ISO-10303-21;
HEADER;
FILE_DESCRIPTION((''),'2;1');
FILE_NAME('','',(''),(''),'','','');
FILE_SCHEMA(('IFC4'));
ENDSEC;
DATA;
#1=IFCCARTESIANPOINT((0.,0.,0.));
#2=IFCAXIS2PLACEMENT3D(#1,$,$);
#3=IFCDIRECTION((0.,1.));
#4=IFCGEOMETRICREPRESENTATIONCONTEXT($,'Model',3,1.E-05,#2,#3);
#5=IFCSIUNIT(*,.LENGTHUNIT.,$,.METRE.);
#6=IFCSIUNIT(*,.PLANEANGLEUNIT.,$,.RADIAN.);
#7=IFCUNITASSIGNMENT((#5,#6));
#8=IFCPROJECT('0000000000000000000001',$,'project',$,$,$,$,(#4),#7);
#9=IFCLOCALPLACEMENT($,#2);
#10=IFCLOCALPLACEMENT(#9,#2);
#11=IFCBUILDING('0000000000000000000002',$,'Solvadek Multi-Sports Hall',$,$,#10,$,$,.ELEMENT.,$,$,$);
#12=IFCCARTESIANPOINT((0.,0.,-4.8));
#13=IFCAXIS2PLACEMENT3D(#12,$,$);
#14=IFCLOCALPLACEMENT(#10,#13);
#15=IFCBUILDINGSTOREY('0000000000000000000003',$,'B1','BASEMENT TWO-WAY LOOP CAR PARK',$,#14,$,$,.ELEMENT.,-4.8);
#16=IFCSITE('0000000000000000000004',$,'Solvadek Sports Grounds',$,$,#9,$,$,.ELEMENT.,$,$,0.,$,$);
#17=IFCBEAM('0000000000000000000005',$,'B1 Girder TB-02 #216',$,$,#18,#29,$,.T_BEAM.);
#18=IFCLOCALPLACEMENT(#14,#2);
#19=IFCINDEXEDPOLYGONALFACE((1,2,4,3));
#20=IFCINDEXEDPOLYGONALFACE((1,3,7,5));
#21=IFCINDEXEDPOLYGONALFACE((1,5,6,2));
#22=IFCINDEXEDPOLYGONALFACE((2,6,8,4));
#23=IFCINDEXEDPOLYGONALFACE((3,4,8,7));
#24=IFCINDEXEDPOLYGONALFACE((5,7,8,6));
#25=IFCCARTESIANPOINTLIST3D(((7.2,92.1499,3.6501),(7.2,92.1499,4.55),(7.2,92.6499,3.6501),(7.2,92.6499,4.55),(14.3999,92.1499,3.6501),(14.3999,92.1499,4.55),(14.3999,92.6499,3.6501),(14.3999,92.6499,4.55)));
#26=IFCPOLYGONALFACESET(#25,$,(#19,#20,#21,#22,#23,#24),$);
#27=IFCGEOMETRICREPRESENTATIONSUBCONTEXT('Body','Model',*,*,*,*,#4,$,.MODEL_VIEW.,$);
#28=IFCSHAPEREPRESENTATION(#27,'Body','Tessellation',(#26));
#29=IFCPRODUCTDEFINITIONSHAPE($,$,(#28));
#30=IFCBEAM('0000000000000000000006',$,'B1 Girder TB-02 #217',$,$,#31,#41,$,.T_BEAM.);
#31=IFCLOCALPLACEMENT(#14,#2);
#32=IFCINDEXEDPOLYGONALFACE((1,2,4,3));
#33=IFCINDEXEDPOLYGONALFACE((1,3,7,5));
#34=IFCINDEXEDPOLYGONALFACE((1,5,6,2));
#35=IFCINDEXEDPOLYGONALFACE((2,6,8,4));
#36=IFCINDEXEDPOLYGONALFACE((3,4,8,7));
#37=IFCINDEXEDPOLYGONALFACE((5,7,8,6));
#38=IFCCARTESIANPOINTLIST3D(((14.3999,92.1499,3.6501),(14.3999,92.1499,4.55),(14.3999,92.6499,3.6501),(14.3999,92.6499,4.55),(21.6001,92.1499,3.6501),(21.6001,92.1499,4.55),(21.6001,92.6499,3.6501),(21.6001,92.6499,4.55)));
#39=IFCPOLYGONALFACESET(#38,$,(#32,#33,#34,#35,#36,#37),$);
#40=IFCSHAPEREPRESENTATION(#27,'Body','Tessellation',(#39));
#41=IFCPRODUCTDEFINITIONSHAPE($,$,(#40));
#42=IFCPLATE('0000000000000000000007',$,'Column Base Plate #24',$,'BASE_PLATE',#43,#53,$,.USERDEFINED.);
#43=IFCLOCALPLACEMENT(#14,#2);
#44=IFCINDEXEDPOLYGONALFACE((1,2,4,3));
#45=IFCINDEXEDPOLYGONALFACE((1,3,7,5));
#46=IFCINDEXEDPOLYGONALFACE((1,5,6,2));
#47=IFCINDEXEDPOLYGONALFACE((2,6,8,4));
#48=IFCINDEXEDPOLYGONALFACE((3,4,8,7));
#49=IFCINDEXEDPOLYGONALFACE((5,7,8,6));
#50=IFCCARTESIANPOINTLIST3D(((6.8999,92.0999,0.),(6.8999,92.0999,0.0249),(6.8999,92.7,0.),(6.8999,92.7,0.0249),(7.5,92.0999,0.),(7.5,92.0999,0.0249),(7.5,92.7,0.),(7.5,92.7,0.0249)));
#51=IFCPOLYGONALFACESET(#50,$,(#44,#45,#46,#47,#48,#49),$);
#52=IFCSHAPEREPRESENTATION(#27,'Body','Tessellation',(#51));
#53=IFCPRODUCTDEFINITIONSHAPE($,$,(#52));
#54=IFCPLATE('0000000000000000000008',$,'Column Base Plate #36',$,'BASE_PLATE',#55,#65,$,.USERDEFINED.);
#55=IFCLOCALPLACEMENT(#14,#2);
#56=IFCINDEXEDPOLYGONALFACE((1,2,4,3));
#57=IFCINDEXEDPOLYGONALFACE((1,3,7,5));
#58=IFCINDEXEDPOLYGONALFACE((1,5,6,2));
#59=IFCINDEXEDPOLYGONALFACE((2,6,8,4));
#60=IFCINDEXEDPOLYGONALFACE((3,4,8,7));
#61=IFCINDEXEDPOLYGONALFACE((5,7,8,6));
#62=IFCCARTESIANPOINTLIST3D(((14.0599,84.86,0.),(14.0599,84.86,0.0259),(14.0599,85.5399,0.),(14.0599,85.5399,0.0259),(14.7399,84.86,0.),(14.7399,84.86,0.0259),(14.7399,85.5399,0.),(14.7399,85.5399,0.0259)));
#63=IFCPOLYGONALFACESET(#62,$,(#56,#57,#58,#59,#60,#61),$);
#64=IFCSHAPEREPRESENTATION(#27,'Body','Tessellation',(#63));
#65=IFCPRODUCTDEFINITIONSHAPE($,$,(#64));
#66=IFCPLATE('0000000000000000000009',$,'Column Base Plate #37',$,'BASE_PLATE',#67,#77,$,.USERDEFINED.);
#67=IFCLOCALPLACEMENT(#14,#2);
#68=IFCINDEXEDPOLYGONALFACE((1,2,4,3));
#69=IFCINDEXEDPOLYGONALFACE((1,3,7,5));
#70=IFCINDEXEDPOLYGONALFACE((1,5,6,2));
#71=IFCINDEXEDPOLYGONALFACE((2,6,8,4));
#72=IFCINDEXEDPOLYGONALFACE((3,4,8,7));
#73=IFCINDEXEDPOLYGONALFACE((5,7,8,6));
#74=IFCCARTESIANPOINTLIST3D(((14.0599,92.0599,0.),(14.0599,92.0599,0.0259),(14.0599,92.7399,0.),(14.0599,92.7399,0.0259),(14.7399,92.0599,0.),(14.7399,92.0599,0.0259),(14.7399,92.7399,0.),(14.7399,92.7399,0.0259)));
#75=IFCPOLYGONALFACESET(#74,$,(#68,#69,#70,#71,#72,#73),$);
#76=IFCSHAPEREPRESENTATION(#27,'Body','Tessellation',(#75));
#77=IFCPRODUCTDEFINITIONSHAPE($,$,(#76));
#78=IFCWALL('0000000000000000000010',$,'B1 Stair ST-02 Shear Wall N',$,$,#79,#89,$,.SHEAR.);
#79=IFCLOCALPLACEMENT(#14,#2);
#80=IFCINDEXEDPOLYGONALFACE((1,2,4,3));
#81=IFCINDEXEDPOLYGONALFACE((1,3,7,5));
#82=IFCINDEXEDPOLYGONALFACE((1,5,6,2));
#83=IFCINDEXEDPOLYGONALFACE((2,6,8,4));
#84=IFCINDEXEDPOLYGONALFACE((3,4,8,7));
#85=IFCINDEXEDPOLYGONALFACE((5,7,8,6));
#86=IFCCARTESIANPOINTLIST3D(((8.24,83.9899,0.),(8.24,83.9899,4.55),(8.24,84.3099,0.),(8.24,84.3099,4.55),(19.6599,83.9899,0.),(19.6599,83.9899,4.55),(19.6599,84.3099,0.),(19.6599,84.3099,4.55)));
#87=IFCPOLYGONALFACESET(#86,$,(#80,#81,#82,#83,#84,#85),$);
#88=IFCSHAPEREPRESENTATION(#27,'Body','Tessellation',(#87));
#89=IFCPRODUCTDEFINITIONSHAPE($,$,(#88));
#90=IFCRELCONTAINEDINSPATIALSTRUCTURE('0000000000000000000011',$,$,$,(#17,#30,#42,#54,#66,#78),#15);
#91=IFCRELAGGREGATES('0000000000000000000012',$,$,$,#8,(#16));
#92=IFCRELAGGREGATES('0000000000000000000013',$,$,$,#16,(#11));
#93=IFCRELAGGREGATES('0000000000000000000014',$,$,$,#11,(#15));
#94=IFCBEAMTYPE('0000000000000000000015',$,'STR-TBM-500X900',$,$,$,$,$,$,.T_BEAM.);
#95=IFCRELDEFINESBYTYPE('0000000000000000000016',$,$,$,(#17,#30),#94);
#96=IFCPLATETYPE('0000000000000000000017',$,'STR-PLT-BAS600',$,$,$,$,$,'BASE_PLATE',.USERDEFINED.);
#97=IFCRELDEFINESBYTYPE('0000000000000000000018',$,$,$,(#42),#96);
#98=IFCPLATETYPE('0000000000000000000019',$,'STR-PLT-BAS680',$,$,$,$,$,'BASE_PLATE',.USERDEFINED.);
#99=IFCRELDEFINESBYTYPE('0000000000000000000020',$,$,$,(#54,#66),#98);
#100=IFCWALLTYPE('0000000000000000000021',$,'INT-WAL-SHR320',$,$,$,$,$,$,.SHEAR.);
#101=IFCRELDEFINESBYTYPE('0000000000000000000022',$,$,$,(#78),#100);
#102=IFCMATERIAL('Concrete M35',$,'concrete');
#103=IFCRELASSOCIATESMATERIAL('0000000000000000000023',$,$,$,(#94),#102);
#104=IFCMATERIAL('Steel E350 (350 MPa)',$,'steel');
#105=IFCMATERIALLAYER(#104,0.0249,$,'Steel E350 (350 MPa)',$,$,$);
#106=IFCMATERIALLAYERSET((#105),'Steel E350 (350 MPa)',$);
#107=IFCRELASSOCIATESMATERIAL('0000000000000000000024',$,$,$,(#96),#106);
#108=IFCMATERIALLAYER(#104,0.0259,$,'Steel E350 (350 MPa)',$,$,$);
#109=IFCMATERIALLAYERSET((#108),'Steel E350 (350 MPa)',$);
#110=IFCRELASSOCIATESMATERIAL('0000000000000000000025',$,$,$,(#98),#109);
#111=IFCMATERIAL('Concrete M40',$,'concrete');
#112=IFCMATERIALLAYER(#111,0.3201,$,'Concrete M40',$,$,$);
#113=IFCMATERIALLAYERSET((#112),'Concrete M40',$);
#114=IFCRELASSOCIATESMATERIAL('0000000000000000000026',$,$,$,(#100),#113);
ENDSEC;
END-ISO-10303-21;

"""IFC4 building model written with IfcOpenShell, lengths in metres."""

from ifc_helpers import new_model, si_unit, direction, frame, frame_2d, origin, origin_2d, place, context, subcontext, project, spatial, rectangle, extrude, material, layer, layer_set, material_profile, profile_set, type_object, element, save


model = new_model("IFC4")

# Units and contexts
model_context = context("Model", 3, precision=1e-05, world=origin(), true_north=direction((0.0, 1.0)))
body_context = subcontext(model_context, "Body", "Model", "MODEL_VIEW")
ifc_project = project(units=[si_unit("LENGTHUNIT", "METRE"), si_unit("PLANEANGLEUNIT", "RADIAN")], contexts=[model_context])

# Site, building, storey
site_placement = place(None, origin())
site = spatial("IfcSite", under=ifc_project, at=site_placement, Name="Solvadek Sports Grounds", CompositionType="ELEMENT", RefElevation=0.0)
building_placement = place(site_placement, origin())
building = spatial("IfcBuilding", under=site, at=building_placement, Name="Solvadek Multi-Sports Hall", CompositionType="ELEMENT")
storey_placement = place(building_placement, frame((0.0, 0.0, -4.8)))
storey = spatial("IfcBuildingStorey", under=building, at=storey_placement, Name="B1", Description="BASEMENT TWO-WAY LOOP CAR PARK", CompositionType="ELEMENT", Elevation=-4.8)

# Shared definitions
ifc_material_1 = material(Name="Concrete M40", Category="concrete")

# Shared definitions
ifc_material_2 = material(Name="Concrete M35", Category="concrete")

# Shared definitions
ifc_material_3 = material(Name="Steel E350 (350 MPa)", Category="steel")

# Beams
ifc_material_profile_1 = material_profile(ifc_material_2, rectangle(XDim=0.5, YDim=0.8999, at=origin_2d()), Name="RC T-BEAM 500x900")
ifc_profile_set_1 = profile_set([ifc_material_profile_1], Name="Concrete M35")
beam_type_1 = type_object("IfcBeamType", Name="STR-TBM-500X900", PredefinedType="T_BEAM", material=ifc_profile_set_1)
beam_1_placement = place(storey_placement, frame((7.2, 92.3999, 4.1001), z_axis=(1.0, 0.0, 0.0), x_axis=(0.0, 1.0, 0.0)))
element("IfcBeam", 1, at=beam_1_placement, inside=storey, type_object=beam_type_1, Name="B1 Girder TB-02 #216", PredefinedType="T_BEAM", context=body_context, shape_type="SweptSolid", body=[
    extrude(rectangle(XDim=0.5, YDim=0.8999, at=origin_2d()), origin(), (0.0, 0.0, 1.0), 7.2),
])
beam_2_placement = place(storey_placement, frame((14.3999, 92.3999, 4.1001), z_axis=(1.0, 0.0, 0.0), x_axis=(0.0, 1.0, 0.0)))
element("IfcBeam", 2, at=beam_2_placement, inside=storey, type_object=beam_type_1, Name="B1 Girder TB-02 #217", PredefinedType="T_BEAM", context=body_context, shape_type="SweptSolid", body=[
    extrude(rectangle(XDim=0.5, YDim=0.8999, at=origin_2d()), origin(), (0.0, 0.0, 1.0), 7.2002),
])

# Plates
ifc_layer_1 = layer(ifc_material_3, 0.0249, Name="Steel E350 (350 MPa)")
ifc_layer_set_1 = layer_set([ifc_layer_1], Name="Steel E350 (350 MPa)")
plate_type_1 = type_object("IfcPlateType", Name="STR-PLT-BAS600", ElementType="BASE_PLATE", PredefinedType="USERDEFINED", material=ifc_layer_set_1)
plate_placement = place(storey_placement, frame((7.2, 92.3999, 0.0), z_axis=(0.0, 0.0, 1.0), x_axis=(1.0, 0.0, 0.0)))
element("IfcPlate", 3, at=plate_placement, inside=storey, type_object=plate_type_1, Name="Column Base Plate #24", ObjectType="BASE_PLATE", PredefinedType="USERDEFINED", context=body_context, shape_type="SweptSolid", body=[
    extrude(rectangle(XDim=0.6001, YDim=0.6001, at=origin_2d()), origin(), (0.0, 0.0, 1.0), 0.0249),
])
ifc_layer_2 = layer(ifc_material_3, 0.0259, Name="Steel E350 (350 MPa)")
ifc_layer_set_2 = layer_set([ifc_layer_2], Name="Steel E350 (350 MPa)")
plate_type_2 = type_object("IfcPlateType", Name="STR-PLT-BAS680", ElementType="BASE_PLATE", PredefinedType="USERDEFINED", material=ifc_layer_set_2)
for number, where, z_axis, x_axis, name in (
    (4, (14.3999, 85.2, 0.0), (0.0, 0.0, 1.0), (1.0, 0.0, 0.0), "Column Base Plate #36"),
    (5, (14.3999, 92.3999, 0.0), (0.0, 0.0, 1.0), (1.0, 0.0, 0.0), "Column Base Plate #37"),
):
    element("IfcPlate", number, at=place(storey_placement, frame(where, z_axis=z_axis, x_axis=x_axis)), inside=storey, type_object=plate_type_2, Name=name, ObjectType="BASE_PLATE", PredefinedType="USERDEFINED", context=body_context, shape_type="SweptSolid", body=[
        extrude(rectangle(XDim=0.6799, YDim=0.6799, at=origin_2d()), origin(), (0.0, 0.0, 1.0), 0.0259),
    ])

# Wall
ifc_layer_3 = layer(ifc_material_1, 0.3201, Name="Concrete M40")
ifc_layer_set_3 = layer_set([ifc_layer_3], Name="Concrete M40")
wall_type = type_object("IfcWallType", Name="INT-WAL-SHR320", PredefinedType="SHEAR", material=ifc_layer_set_3)
wall_placement = place(storey_placement, frame((8.24, 84.1499, 0.0), z_axis=(0.0, 0.0, 1.0), x_axis=(1.0, 0.0, 0.0)))
element("IfcWall", 6, at=wall_placement, inside=storey, type_object=wall_type, Name="B1 Stair ST-02 Shear Wall N", PredefinedType="SHEAR", context=body_context, shape_type="SweptSolid", body=[
    extrude(rectangle(XDim=11.4199, YDim=0.3201, at=frame_2d((5.71, 0.0))), origin(), (0.0, 0.0, 1.0), 4.55),
])

save(model, "model.ifc")
